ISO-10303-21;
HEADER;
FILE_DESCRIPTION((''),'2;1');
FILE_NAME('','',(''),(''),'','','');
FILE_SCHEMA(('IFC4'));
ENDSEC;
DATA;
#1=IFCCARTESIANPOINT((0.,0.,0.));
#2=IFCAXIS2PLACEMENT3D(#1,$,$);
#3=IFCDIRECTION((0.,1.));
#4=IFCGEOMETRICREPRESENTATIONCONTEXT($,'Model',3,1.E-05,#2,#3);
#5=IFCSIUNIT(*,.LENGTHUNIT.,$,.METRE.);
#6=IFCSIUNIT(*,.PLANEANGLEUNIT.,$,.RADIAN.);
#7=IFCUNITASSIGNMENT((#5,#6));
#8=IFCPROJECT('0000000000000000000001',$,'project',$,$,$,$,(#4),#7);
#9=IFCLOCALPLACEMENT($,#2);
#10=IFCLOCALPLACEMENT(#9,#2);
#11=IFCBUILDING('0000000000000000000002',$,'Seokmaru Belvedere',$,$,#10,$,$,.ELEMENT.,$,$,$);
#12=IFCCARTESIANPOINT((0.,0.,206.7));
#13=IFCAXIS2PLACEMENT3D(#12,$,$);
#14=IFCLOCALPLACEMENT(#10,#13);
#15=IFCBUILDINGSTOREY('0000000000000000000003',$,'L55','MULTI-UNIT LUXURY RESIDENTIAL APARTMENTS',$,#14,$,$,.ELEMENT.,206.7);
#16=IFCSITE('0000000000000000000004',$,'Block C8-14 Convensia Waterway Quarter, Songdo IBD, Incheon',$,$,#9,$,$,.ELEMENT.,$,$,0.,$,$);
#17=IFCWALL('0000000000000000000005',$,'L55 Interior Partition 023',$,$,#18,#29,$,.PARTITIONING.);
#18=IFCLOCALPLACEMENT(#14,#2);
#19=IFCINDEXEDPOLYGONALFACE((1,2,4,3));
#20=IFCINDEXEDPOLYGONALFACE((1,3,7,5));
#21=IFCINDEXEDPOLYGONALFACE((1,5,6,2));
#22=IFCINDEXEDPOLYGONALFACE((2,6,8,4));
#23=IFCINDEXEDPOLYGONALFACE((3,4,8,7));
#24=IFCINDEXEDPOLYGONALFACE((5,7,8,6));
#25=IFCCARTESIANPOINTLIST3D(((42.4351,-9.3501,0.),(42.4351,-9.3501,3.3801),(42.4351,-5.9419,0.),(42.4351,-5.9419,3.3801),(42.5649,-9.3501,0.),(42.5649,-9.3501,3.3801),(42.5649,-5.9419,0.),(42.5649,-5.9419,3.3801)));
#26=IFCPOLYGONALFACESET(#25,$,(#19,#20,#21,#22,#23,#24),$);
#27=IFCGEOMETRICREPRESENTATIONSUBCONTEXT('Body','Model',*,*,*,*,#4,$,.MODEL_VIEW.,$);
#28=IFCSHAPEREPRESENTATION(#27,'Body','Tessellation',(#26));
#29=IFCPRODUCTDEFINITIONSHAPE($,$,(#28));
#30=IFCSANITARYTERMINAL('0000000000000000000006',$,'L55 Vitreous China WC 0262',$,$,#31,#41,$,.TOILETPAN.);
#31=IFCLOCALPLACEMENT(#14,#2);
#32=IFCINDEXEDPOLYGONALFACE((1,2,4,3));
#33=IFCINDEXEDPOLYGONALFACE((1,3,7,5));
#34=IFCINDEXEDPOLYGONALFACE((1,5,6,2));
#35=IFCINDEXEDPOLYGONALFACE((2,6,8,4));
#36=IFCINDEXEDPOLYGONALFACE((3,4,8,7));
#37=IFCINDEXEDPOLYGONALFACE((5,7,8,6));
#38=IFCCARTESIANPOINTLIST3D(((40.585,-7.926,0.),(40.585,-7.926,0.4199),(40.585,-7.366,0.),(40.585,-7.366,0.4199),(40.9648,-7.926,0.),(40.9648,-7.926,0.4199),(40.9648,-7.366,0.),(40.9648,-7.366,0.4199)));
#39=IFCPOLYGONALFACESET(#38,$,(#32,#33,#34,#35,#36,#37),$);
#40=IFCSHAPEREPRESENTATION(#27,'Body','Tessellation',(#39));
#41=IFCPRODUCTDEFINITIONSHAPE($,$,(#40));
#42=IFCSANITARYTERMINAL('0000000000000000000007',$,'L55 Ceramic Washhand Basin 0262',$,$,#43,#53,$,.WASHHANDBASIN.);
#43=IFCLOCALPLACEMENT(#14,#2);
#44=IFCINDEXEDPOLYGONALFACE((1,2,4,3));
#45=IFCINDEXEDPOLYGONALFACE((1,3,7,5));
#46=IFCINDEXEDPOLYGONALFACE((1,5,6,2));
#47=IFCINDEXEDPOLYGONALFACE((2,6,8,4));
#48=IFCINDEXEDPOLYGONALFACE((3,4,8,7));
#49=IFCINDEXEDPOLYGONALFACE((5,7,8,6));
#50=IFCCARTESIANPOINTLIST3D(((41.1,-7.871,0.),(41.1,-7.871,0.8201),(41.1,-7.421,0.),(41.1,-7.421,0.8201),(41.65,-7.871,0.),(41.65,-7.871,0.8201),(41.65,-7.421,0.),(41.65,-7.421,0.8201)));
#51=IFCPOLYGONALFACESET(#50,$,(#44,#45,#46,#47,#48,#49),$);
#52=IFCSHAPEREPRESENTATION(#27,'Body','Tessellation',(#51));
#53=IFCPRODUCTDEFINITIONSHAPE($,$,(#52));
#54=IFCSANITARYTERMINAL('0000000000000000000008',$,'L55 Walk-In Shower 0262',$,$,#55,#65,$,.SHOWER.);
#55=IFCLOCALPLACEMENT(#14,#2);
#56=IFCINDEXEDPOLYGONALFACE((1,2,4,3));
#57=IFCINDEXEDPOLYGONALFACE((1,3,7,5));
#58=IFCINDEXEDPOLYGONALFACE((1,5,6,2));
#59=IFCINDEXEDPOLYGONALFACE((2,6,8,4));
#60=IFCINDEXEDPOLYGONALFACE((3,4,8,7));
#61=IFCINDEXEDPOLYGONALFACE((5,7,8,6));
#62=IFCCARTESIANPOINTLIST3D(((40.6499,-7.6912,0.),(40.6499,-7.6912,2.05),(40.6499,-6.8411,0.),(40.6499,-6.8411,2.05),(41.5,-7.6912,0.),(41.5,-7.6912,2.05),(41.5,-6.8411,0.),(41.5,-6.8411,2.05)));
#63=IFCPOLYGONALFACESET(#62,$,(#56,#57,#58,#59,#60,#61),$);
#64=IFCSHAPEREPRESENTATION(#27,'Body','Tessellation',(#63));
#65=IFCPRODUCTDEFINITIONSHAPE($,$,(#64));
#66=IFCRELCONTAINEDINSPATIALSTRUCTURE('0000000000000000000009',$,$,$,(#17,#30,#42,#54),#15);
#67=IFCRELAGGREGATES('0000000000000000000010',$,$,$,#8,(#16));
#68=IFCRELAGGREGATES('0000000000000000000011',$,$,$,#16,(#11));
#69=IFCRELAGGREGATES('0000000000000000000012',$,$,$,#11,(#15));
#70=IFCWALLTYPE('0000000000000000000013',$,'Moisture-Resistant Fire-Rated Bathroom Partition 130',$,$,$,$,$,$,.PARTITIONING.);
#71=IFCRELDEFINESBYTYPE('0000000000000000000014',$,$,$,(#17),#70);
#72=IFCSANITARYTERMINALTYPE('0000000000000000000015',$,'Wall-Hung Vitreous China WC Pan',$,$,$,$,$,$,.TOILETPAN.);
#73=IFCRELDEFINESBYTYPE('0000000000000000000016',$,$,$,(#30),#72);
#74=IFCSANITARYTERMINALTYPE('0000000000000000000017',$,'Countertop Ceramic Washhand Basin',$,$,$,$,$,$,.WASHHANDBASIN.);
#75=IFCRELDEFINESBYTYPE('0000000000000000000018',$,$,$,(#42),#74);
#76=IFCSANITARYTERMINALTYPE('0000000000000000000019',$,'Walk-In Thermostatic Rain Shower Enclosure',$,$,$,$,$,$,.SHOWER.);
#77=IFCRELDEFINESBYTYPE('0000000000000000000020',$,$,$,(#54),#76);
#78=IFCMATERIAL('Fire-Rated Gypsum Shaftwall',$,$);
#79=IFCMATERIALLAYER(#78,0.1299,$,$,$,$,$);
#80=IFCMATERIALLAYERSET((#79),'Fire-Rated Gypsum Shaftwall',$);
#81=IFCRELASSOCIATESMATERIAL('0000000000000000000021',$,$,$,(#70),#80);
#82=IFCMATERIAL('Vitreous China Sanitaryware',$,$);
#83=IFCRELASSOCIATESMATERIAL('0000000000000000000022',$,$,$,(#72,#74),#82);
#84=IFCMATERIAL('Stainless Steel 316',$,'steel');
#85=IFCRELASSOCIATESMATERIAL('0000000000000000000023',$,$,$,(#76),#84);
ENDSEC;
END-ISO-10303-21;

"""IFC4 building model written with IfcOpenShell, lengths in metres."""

from ifc_helpers import new_model, si_unit, direction, frame, frame_2d, origin, origin_2d, place, context, subcontext, project, spatial, rectangle, extrude, source, transform, mapped, material, layer, layer_set, type_object, type_shapes, element, save


model = new_model("IFC4")

# Units and contexts
model_context = context("Model", 3, precision=1e-05, world=origin(), true_north=direction((0.0, 1.0)))
body_context = subcontext(model_context, "Body", "Model", "MODEL_VIEW")
ifc_project = project(units=[si_unit("LENGTHUNIT", "METRE"), si_unit("PLANEANGLEUNIT", "RADIAN")], contexts=[model_context])

# Site, building, storey
site_placement = place(None, origin())
site = spatial("IfcSite", under=ifc_project, at=site_placement, Name="Block C8-14 Convensia Waterway Quarter, Songdo IBD, Incheon", CompositionType="ELEMENT", RefElevation=0.0)
building_placement = place(site_placement, origin())
building = spatial("IfcBuilding", under=site, at=building_placement, Name="Seokmaru Belvedere", CompositionType="ELEMENT")
storey_placement = place(building_placement, frame((0.0, 0.0, 206.7)))
storey = spatial("IfcBuildingStorey", under=building, at=storey_placement, Name="L55", Description="MULTI-UNIT LUXURY RESIDENTIAL APARTMENTS", CompositionType="ELEMENT", Elevation=206.7)

# Shared definitions
ifc_material_1 = material(Name="Fire-Rated Gypsum Shaftwall")

# Shared definitions
ifc_layer_1 = layer(ifc_material_1, 0.1299)
ifc_layer_set_1 = layer_set([ifc_layer_1], Name="Fire-Rated Gypsum Shaftwall")
wall_type_1 = type_object("IfcWallType", Name="Moisture-Resistant Fire-Rated Bathroom Partition 130", PredefinedType="PARTITIONING", material=ifc_layer_set_1)

# Wall
wall_1_placement = place(storey_placement, frame((42.5, -9.3501, 0.0), z_axis=(0.0, 0.0, 1.0), x_axis=(0.0, 1.0, 0.0)))
element("IfcWall", 1, at=wall_1_placement, inside=storey, type_object=wall_type_1, Name="L55 Interior Partition 023", PredefinedType="PARTITIONING", context=body_context, shape_type="SweptSolid", body=[
    extrude(rectangle(XDim=3.4082, YDim=0.1299, at=frame_2d((1.7041, 0.0))), origin(), (0.0, 0.0, 1.0), 3.3801),
])

# Sanitary terminals
ifc_material_2 = material(Name="Vitreous China Sanitaryware")
sanitary_terminal_type_1 = type_object("IfcSanitaryTerminalType", Name="Wall-Hung Vitreous China WC Pan", PredefinedType="TOILETPAN", material=ifc_material_2)
shared_shape_1 = source(origin(), body_context, "Body", "SweptSolid", [
    extrude(rectangle(XDim=0.3799, YDim=0.5601, at=origin_2d()), origin(), (0.0, 0.0, 1.0), 0.4199),
])
type_shapes(sanitary_terminal_type_1, [shared_shape_1])
sanitary_terminal_1_placement = place(storey_placement, frame((40.7749, -7.646, 0.0), z_axis=(0.0, 0.0, 1.0), x_axis=(1.0, 0.0, 0.0)))
element("IfcSanitaryTerminal", 2, at=sanitary_terminal_1_placement, inside=storey, type_object=sanitary_terminal_type_1, Name="L55 Vitreous China WC 0262", PredefinedType="TOILETPAN", context=body_context, shape_type="MappedRepresentation", body=[
    mapped(shared_shape_1, transform((0.0, 0.0, 0.0), scale=1.0)),
])
sanitary_terminal_type_2 = type_object("IfcSanitaryTerminalType", Name="Countertop Ceramic Washhand Basin", PredefinedType="WASHHANDBASIN", material=ifc_material_2)
shared_shape_2 = source(origin(), body_context, "Body", "SweptSolid", [
    extrude(rectangle(XDim=0.55, YDim=0.45, at=origin_2d()), origin(), (0.0, 0.0, 1.0), 0.8201),
])
type_shapes(sanitary_terminal_type_2, [shared_shape_2])
sanitary_terminal_2_placement = place(storey_placement, frame((41.375, -7.646, 0.0), z_axis=(0.0, 0.0, 1.0), x_axis=(1.0, 0.0, 0.0)))
element("IfcSanitaryTerminal", 3, at=sanitary_terminal_2_placement, inside=storey, type_object=sanitary_terminal_type_2, Name="L55 Ceramic Washhand Basin 0262", PredefinedType="WASHHANDBASIN", context=body_context, shape_type="MappedRepresentation", body=[
    mapped(shared_shape_2, transform((0.0, 0.0, 0.0), scale=1.0)),
])
ifc_material_3 = material(Name="Stainless Steel 316", Category="steel")
sanitary_terminal_type_3 = type_object("IfcSanitaryTerminalType", Name="Walk-In Thermostatic Rain Shower Enclosure", PredefinedType="SHOWER", material=ifc_material_3)
shared_shape_3 = source(origin(), body_context, "Body", "SweptSolid", [
    extrude(rectangle(XDim=0.8501, YDim=0.8501, at=origin_2d()), origin(), (0.0, 0.0, 1.0), 2.05),
])
type_shapes(sanitary_terminal_type_3, [shared_shape_3])
sanitary_terminal_3_placement = place(storey_placement, frame((41.075, -7.2661, 0.0), z_axis=(0.0, 0.0, 1.0), x_axis=(1.0, 0.0, 0.0)))
element("IfcSanitaryTerminal", 4, at=sanitary_terminal_3_placement, inside=storey, type_object=sanitary_terminal_type_3, Name="L55 Walk-In Shower 0262", PredefinedType="SHOWER", context=body_context, shape_type="MappedRepresentation", body=[
    mapped(shared_shape_3, transform((0.0, 0.0, 0.0), scale=1.0)),
])

save(model, "model.ifc")
